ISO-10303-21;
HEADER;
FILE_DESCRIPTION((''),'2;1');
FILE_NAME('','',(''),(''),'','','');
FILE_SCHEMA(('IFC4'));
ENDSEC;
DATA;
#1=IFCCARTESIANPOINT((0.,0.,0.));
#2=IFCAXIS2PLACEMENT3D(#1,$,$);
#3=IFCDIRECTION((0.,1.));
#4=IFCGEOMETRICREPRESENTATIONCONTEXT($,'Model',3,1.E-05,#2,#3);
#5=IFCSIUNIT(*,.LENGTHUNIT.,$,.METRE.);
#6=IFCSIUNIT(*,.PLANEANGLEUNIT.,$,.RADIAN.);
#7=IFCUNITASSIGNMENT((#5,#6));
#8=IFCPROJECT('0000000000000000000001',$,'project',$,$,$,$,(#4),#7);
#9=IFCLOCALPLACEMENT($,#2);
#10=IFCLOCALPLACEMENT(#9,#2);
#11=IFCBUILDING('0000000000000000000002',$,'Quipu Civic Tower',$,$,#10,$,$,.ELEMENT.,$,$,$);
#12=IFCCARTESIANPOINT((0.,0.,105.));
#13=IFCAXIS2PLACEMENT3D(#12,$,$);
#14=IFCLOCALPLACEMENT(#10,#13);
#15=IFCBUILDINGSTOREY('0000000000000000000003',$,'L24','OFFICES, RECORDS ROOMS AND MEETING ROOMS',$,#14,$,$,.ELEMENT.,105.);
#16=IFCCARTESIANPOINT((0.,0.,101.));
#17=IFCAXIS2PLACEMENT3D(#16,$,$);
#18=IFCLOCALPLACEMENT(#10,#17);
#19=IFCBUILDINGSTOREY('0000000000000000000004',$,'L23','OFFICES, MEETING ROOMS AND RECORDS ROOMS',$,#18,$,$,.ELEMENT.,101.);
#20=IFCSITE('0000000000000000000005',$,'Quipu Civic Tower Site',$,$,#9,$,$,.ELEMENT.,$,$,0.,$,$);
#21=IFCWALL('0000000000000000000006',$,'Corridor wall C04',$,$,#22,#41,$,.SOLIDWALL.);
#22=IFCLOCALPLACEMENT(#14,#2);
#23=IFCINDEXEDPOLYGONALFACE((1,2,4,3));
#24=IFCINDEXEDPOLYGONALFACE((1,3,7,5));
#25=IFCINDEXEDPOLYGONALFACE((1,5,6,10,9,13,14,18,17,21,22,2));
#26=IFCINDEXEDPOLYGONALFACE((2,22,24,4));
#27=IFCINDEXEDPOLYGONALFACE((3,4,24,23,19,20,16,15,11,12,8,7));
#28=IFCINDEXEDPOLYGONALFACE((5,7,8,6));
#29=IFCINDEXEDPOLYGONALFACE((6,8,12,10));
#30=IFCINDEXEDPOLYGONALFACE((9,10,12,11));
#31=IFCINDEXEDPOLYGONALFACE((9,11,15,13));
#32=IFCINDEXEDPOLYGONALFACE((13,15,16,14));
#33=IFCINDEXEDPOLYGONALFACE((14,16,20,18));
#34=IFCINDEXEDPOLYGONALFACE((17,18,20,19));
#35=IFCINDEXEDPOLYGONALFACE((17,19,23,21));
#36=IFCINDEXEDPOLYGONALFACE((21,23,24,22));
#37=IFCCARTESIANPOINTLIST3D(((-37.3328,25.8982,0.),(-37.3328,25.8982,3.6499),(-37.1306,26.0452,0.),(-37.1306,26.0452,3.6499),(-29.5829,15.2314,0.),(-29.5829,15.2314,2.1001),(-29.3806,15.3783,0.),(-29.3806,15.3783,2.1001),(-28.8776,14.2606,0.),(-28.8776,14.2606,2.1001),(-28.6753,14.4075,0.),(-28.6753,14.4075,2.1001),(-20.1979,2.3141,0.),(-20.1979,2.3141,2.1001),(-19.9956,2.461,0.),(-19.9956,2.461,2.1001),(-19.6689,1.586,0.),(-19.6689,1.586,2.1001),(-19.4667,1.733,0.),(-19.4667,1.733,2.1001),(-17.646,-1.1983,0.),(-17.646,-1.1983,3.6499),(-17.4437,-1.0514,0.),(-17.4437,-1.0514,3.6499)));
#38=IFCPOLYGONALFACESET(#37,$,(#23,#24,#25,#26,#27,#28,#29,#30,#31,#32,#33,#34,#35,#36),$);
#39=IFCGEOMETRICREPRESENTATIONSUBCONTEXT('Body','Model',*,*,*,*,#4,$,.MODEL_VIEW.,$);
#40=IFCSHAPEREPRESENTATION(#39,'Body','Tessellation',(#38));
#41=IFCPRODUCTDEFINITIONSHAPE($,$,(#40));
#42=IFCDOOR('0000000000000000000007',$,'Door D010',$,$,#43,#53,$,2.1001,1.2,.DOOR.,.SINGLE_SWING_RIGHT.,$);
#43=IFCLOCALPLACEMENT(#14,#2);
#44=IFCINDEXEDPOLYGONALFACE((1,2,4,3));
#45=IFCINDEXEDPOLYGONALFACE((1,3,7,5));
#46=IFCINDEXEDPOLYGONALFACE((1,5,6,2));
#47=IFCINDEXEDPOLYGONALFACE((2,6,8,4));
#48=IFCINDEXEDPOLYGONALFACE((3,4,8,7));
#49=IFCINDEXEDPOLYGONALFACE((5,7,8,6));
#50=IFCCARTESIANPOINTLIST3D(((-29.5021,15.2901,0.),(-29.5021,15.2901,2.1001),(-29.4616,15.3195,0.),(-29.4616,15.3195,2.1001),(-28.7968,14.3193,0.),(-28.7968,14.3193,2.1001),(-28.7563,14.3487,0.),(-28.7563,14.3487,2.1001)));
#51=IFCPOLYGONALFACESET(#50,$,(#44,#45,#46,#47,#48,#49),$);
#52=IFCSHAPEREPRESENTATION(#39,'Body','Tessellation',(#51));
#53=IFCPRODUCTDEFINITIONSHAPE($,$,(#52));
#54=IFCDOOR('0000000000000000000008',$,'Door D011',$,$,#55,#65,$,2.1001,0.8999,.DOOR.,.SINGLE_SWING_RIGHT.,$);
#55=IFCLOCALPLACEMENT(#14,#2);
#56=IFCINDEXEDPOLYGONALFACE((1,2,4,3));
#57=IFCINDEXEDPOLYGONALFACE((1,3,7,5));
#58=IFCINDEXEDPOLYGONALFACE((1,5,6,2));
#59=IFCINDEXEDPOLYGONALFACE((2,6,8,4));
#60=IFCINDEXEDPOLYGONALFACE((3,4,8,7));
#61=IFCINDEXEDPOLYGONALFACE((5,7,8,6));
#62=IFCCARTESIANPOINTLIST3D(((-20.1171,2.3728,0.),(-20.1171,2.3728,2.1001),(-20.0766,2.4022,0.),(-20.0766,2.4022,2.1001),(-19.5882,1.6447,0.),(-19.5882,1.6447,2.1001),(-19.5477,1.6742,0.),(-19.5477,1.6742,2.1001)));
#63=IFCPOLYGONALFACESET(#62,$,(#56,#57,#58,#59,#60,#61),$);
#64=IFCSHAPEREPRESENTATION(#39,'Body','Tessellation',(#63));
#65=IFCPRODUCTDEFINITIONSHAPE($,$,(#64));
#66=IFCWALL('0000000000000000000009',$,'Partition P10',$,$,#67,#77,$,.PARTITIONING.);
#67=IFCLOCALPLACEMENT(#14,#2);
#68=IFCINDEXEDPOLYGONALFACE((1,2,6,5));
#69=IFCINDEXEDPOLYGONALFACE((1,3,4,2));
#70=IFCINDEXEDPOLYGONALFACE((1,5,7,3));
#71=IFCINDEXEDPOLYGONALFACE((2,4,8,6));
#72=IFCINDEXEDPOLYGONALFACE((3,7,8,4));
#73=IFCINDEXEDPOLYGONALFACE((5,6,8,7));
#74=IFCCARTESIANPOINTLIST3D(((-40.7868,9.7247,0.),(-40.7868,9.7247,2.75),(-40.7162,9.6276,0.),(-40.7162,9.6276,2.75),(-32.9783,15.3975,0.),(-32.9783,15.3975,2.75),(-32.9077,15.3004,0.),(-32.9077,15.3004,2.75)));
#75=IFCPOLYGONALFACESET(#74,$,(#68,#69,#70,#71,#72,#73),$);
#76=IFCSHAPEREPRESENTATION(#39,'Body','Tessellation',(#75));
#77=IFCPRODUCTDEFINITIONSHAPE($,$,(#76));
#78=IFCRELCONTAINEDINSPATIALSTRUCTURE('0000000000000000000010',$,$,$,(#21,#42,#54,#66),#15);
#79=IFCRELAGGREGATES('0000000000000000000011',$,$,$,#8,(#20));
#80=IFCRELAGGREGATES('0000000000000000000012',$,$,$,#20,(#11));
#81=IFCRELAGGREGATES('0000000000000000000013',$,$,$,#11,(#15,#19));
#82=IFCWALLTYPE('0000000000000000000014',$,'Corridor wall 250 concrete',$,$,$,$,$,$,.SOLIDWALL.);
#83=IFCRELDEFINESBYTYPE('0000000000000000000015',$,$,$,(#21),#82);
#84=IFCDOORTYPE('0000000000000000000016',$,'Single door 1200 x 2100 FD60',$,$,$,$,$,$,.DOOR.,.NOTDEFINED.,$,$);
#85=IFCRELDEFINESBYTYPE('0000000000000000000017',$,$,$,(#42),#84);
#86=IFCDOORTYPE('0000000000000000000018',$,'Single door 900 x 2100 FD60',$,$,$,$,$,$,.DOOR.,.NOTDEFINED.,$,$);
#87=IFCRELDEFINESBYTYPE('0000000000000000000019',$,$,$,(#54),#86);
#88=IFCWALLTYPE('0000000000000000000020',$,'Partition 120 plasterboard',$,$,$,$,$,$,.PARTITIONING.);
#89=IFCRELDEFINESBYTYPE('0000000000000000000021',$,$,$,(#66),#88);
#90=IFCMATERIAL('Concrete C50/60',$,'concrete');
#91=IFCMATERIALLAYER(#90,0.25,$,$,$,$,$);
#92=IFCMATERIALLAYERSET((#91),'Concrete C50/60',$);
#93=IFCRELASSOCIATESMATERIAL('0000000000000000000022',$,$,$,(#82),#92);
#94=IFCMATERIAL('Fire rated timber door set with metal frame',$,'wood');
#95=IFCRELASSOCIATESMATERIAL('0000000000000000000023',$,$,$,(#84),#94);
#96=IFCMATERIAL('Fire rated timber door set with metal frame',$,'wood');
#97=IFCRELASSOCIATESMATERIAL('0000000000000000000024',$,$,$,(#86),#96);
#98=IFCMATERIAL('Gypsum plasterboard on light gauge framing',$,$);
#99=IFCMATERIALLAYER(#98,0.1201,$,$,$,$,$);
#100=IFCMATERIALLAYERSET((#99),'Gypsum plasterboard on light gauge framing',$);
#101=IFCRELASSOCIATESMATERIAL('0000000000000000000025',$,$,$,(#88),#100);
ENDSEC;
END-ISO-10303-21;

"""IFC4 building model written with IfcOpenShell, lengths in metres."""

from ifc_helpers import new_model, si_unit, direction, frame, frame_2d, origin, place, context, subcontext, project, spatial, rectangle, extrude, material, layer, layer_set, type_object, element, fill, save


model = new_model("IFC4")

# Units and contexts
model_context = context("Model", 3, precision=1e-05, world=origin(), true_north=direction((0.0, 1.0)))
body_context = subcontext(model_context, "Body", "Model", "MODEL_VIEW")
ifc_project = project(units=[si_unit("LENGTHUNIT", "METRE"), si_unit("PLANEANGLEUNIT", "RADIAN")], contexts=[model_context])

# Site, building, storey
site_placement = place(None, origin())
site = spatial("IfcSite", under=ifc_project, at=site_placement, Name="Quipu Civic Tower Site", CompositionType="ELEMENT", RefElevation=0.0)
building_placement = place(site_placement, origin())
building = spatial("IfcBuilding", under=site, at=building_placement, Name="Quipu Civic Tower", CompositionType="ELEMENT")
storey_1_placement = place(building_placement, frame((0.0, 0.0, 105.0)))
storey_1 = spatial("IfcBuildingStorey", under=building, at=storey_1_placement, Name="L24", Description="OFFICES, RECORDS ROOMS AND MEETING ROOMS", CompositionType="ELEMENT", Elevation=105.0)

# Shared definitions
storey_2_placement = place(building_placement, frame((0.0, 0.0, 101.0)))
storey_2 = spatial("IfcBuildingStorey", under=building, at=storey_2_placement, Name="L23", Description="OFFICES, MEETING ROOMS AND RECORDS ROOMS", CompositionType="ELEMENT", Elevation=101.0)

# Wall, openings, doors
ifc_material_1 = material(Name="Concrete C50/60", Category="concrete")
ifc_layer_1 = layer(ifc_material_1, 0.25)
ifc_layer_set_1 = layer_set([ifc_layer_1], Name="Concrete C50/60")
wall_type_1 = type_object("IfcWallType", Name="Corridor wall 250 concrete", PredefinedType="SOLIDWALL", material=ifc_layer_set_1)
wall_1_placement = place(storey_1_placement, frame((-37.2317, 25.9717, 0.0), z_axis=(0.0, 0.0, 1.0), x_axis=(0.587786, -0.809016, 0.0)))
wall_1 = element("IfcWall", 1, at=wall_1_placement, inside=storey_1, type_object=wall_type_1, Name="Corridor wall C04", PredefinedType="SOLIDWALL", context=body_context, shape_type="SweptSolid", body=[
    extrude(rectangle(XDim=33.4932, YDim=0.25, at=frame_2d((16.7466, 0.0))), origin(), (0.0, 0.0, 1.0), 3.6499),
])
opening_1_placement = place(wall_1_placement, frame((13.1848, 0.0, 0.0)))
opening_1 = element("IfcOpeningElement", 2, at=opening_1_placement, cuts=wall_1, PredefinedType="OPENING", context=body_context, shape_type="SweptSolid", body=[
    extrude(rectangle(XDim=1.2, YDim=2.1001, at=frame_2d((0.6001, 1.05))), frame((0.0, 0.135, 0.0), z_axis=(0.0, -1.0, 0.0), x_axis=(1.0, 0.0, 0.0)), (0.0, 0.0, 1.0), 0.27),
])
opening_2_placement = place(wall_1_placement, frame((29.1516, 0.0, 0.0)))
opening_2 = element("IfcOpeningElement", 3, at=opening_2_placement, cuts=wall_1, PredefinedType="OPENING", context=body_context, shape_type="SweptSolid", body=[
    extrude(rectangle(XDim=0.8999, YDim=2.1001, at=frame_2d((0.45, 1.05))), frame((0.0, 0.135, 0.0), z_axis=(0.0, -1.0, 0.0), x_axis=(1.0, 0.0, 0.0)), (0.0, 0.0, 1.0), 0.27),
])
ifc_material_2 = material(Name="Fire rated timber door set with metal frame", Category="wood")
door_type_1 = type_object("IfcDoorType", Name="Single door 1200 x 2100 FD60", OperationType="NOTDEFINED", PredefinedType="DOOR", material=ifc_material_2)
door_1_placement = place(opening_1_placement, origin())
door_1 = element("IfcDoor", 4, at=door_1_placement, inside=storey_1, type_object=door_type_1, Name="Door D010", OperationType="SINGLE_SWING_RIGHT", OverallHeight=2.1001, OverallWidth=1.2, PredefinedType="DOOR", context=body_context, shape_type="SweptSolid", body=[
    extrude(rectangle(XDim=1.2, YDim=2.1001, at=frame_2d((0.6001, 1.05))), frame((0.0, 0.0249, 0.0), z_axis=(0.0, -1.0, 0.0), x_axis=(1.0, 0.0, 0.0)), (0.0, 0.0, 1.0), 0.05),
])
fill(opening_1, door_1)
ifc_material_3 = material(Name="Fire rated timber door set with metal frame", Category="wood")
door_type_2 = type_object("IfcDoorType", Name="Single door 900 x 2100 FD60", OperationType="NOTDEFINED", PredefinedType="DOOR", material=ifc_material_3)
door_2_placement = place(opening_2_placement, origin())
door_2 = element("IfcDoor", 5, at=door_2_placement, inside=storey_1, type_object=door_type_2, Name="Door D011", OperationType="SINGLE_SWING_RIGHT", OverallHeight=2.1001, OverallWidth=0.8999, PredefinedType="DOOR", context=body_context, shape_type="SweptSolid", body=[
    extrude(rectangle(XDim=0.8999, YDim=2.1001, at=frame_2d((0.45, 1.05))), frame((0.0, 0.0249, 0.0), z_axis=(0.0, -1.0, 0.0), x_axis=(1.0, 0.0, 0.0)), (0.0, 0.0, 1.0), 0.05),
])
fill(opening_2, door_2)

# Wall
ifc_material_4 = material(Name="Gypsum plasterboard on light gauge framing")
ifc_layer_2 = layer(ifc_material_4, 0.1201)
ifc_layer_set_2 = layer_set([ifc_layer_2], Name="Gypsum plasterboard on light gauge framing")
wall_type_2 = type_object("IfcWallType", Name="Partition 120 plasterboard", PredefinedType="PARTITIONING", material=ifc_layer_set_2)
wall_2_placement = place(storey_1_placement, frame((-32.9431, 15.3489, 0.0), z_axis=(0.0, 0.0, 1.0), x_axis=(-0.809038, -0.587757, 0.0)))
element("IfcWall", 6, at=wall_2_placement, inside=storey_1, type_object=wall_type_2, Name="Partition P10", PredefinedType="PARTITIONING", context=body_context, shape_type="SweptSolid", body=[
    extrude(rectangle(XDim=9.6516, YDim=0.1201, at=frame_2d((4.8257, 0.0))), origin(), (0.0, 0.0, 1.0), 2.75),
])

save(model, "model.ifc")
